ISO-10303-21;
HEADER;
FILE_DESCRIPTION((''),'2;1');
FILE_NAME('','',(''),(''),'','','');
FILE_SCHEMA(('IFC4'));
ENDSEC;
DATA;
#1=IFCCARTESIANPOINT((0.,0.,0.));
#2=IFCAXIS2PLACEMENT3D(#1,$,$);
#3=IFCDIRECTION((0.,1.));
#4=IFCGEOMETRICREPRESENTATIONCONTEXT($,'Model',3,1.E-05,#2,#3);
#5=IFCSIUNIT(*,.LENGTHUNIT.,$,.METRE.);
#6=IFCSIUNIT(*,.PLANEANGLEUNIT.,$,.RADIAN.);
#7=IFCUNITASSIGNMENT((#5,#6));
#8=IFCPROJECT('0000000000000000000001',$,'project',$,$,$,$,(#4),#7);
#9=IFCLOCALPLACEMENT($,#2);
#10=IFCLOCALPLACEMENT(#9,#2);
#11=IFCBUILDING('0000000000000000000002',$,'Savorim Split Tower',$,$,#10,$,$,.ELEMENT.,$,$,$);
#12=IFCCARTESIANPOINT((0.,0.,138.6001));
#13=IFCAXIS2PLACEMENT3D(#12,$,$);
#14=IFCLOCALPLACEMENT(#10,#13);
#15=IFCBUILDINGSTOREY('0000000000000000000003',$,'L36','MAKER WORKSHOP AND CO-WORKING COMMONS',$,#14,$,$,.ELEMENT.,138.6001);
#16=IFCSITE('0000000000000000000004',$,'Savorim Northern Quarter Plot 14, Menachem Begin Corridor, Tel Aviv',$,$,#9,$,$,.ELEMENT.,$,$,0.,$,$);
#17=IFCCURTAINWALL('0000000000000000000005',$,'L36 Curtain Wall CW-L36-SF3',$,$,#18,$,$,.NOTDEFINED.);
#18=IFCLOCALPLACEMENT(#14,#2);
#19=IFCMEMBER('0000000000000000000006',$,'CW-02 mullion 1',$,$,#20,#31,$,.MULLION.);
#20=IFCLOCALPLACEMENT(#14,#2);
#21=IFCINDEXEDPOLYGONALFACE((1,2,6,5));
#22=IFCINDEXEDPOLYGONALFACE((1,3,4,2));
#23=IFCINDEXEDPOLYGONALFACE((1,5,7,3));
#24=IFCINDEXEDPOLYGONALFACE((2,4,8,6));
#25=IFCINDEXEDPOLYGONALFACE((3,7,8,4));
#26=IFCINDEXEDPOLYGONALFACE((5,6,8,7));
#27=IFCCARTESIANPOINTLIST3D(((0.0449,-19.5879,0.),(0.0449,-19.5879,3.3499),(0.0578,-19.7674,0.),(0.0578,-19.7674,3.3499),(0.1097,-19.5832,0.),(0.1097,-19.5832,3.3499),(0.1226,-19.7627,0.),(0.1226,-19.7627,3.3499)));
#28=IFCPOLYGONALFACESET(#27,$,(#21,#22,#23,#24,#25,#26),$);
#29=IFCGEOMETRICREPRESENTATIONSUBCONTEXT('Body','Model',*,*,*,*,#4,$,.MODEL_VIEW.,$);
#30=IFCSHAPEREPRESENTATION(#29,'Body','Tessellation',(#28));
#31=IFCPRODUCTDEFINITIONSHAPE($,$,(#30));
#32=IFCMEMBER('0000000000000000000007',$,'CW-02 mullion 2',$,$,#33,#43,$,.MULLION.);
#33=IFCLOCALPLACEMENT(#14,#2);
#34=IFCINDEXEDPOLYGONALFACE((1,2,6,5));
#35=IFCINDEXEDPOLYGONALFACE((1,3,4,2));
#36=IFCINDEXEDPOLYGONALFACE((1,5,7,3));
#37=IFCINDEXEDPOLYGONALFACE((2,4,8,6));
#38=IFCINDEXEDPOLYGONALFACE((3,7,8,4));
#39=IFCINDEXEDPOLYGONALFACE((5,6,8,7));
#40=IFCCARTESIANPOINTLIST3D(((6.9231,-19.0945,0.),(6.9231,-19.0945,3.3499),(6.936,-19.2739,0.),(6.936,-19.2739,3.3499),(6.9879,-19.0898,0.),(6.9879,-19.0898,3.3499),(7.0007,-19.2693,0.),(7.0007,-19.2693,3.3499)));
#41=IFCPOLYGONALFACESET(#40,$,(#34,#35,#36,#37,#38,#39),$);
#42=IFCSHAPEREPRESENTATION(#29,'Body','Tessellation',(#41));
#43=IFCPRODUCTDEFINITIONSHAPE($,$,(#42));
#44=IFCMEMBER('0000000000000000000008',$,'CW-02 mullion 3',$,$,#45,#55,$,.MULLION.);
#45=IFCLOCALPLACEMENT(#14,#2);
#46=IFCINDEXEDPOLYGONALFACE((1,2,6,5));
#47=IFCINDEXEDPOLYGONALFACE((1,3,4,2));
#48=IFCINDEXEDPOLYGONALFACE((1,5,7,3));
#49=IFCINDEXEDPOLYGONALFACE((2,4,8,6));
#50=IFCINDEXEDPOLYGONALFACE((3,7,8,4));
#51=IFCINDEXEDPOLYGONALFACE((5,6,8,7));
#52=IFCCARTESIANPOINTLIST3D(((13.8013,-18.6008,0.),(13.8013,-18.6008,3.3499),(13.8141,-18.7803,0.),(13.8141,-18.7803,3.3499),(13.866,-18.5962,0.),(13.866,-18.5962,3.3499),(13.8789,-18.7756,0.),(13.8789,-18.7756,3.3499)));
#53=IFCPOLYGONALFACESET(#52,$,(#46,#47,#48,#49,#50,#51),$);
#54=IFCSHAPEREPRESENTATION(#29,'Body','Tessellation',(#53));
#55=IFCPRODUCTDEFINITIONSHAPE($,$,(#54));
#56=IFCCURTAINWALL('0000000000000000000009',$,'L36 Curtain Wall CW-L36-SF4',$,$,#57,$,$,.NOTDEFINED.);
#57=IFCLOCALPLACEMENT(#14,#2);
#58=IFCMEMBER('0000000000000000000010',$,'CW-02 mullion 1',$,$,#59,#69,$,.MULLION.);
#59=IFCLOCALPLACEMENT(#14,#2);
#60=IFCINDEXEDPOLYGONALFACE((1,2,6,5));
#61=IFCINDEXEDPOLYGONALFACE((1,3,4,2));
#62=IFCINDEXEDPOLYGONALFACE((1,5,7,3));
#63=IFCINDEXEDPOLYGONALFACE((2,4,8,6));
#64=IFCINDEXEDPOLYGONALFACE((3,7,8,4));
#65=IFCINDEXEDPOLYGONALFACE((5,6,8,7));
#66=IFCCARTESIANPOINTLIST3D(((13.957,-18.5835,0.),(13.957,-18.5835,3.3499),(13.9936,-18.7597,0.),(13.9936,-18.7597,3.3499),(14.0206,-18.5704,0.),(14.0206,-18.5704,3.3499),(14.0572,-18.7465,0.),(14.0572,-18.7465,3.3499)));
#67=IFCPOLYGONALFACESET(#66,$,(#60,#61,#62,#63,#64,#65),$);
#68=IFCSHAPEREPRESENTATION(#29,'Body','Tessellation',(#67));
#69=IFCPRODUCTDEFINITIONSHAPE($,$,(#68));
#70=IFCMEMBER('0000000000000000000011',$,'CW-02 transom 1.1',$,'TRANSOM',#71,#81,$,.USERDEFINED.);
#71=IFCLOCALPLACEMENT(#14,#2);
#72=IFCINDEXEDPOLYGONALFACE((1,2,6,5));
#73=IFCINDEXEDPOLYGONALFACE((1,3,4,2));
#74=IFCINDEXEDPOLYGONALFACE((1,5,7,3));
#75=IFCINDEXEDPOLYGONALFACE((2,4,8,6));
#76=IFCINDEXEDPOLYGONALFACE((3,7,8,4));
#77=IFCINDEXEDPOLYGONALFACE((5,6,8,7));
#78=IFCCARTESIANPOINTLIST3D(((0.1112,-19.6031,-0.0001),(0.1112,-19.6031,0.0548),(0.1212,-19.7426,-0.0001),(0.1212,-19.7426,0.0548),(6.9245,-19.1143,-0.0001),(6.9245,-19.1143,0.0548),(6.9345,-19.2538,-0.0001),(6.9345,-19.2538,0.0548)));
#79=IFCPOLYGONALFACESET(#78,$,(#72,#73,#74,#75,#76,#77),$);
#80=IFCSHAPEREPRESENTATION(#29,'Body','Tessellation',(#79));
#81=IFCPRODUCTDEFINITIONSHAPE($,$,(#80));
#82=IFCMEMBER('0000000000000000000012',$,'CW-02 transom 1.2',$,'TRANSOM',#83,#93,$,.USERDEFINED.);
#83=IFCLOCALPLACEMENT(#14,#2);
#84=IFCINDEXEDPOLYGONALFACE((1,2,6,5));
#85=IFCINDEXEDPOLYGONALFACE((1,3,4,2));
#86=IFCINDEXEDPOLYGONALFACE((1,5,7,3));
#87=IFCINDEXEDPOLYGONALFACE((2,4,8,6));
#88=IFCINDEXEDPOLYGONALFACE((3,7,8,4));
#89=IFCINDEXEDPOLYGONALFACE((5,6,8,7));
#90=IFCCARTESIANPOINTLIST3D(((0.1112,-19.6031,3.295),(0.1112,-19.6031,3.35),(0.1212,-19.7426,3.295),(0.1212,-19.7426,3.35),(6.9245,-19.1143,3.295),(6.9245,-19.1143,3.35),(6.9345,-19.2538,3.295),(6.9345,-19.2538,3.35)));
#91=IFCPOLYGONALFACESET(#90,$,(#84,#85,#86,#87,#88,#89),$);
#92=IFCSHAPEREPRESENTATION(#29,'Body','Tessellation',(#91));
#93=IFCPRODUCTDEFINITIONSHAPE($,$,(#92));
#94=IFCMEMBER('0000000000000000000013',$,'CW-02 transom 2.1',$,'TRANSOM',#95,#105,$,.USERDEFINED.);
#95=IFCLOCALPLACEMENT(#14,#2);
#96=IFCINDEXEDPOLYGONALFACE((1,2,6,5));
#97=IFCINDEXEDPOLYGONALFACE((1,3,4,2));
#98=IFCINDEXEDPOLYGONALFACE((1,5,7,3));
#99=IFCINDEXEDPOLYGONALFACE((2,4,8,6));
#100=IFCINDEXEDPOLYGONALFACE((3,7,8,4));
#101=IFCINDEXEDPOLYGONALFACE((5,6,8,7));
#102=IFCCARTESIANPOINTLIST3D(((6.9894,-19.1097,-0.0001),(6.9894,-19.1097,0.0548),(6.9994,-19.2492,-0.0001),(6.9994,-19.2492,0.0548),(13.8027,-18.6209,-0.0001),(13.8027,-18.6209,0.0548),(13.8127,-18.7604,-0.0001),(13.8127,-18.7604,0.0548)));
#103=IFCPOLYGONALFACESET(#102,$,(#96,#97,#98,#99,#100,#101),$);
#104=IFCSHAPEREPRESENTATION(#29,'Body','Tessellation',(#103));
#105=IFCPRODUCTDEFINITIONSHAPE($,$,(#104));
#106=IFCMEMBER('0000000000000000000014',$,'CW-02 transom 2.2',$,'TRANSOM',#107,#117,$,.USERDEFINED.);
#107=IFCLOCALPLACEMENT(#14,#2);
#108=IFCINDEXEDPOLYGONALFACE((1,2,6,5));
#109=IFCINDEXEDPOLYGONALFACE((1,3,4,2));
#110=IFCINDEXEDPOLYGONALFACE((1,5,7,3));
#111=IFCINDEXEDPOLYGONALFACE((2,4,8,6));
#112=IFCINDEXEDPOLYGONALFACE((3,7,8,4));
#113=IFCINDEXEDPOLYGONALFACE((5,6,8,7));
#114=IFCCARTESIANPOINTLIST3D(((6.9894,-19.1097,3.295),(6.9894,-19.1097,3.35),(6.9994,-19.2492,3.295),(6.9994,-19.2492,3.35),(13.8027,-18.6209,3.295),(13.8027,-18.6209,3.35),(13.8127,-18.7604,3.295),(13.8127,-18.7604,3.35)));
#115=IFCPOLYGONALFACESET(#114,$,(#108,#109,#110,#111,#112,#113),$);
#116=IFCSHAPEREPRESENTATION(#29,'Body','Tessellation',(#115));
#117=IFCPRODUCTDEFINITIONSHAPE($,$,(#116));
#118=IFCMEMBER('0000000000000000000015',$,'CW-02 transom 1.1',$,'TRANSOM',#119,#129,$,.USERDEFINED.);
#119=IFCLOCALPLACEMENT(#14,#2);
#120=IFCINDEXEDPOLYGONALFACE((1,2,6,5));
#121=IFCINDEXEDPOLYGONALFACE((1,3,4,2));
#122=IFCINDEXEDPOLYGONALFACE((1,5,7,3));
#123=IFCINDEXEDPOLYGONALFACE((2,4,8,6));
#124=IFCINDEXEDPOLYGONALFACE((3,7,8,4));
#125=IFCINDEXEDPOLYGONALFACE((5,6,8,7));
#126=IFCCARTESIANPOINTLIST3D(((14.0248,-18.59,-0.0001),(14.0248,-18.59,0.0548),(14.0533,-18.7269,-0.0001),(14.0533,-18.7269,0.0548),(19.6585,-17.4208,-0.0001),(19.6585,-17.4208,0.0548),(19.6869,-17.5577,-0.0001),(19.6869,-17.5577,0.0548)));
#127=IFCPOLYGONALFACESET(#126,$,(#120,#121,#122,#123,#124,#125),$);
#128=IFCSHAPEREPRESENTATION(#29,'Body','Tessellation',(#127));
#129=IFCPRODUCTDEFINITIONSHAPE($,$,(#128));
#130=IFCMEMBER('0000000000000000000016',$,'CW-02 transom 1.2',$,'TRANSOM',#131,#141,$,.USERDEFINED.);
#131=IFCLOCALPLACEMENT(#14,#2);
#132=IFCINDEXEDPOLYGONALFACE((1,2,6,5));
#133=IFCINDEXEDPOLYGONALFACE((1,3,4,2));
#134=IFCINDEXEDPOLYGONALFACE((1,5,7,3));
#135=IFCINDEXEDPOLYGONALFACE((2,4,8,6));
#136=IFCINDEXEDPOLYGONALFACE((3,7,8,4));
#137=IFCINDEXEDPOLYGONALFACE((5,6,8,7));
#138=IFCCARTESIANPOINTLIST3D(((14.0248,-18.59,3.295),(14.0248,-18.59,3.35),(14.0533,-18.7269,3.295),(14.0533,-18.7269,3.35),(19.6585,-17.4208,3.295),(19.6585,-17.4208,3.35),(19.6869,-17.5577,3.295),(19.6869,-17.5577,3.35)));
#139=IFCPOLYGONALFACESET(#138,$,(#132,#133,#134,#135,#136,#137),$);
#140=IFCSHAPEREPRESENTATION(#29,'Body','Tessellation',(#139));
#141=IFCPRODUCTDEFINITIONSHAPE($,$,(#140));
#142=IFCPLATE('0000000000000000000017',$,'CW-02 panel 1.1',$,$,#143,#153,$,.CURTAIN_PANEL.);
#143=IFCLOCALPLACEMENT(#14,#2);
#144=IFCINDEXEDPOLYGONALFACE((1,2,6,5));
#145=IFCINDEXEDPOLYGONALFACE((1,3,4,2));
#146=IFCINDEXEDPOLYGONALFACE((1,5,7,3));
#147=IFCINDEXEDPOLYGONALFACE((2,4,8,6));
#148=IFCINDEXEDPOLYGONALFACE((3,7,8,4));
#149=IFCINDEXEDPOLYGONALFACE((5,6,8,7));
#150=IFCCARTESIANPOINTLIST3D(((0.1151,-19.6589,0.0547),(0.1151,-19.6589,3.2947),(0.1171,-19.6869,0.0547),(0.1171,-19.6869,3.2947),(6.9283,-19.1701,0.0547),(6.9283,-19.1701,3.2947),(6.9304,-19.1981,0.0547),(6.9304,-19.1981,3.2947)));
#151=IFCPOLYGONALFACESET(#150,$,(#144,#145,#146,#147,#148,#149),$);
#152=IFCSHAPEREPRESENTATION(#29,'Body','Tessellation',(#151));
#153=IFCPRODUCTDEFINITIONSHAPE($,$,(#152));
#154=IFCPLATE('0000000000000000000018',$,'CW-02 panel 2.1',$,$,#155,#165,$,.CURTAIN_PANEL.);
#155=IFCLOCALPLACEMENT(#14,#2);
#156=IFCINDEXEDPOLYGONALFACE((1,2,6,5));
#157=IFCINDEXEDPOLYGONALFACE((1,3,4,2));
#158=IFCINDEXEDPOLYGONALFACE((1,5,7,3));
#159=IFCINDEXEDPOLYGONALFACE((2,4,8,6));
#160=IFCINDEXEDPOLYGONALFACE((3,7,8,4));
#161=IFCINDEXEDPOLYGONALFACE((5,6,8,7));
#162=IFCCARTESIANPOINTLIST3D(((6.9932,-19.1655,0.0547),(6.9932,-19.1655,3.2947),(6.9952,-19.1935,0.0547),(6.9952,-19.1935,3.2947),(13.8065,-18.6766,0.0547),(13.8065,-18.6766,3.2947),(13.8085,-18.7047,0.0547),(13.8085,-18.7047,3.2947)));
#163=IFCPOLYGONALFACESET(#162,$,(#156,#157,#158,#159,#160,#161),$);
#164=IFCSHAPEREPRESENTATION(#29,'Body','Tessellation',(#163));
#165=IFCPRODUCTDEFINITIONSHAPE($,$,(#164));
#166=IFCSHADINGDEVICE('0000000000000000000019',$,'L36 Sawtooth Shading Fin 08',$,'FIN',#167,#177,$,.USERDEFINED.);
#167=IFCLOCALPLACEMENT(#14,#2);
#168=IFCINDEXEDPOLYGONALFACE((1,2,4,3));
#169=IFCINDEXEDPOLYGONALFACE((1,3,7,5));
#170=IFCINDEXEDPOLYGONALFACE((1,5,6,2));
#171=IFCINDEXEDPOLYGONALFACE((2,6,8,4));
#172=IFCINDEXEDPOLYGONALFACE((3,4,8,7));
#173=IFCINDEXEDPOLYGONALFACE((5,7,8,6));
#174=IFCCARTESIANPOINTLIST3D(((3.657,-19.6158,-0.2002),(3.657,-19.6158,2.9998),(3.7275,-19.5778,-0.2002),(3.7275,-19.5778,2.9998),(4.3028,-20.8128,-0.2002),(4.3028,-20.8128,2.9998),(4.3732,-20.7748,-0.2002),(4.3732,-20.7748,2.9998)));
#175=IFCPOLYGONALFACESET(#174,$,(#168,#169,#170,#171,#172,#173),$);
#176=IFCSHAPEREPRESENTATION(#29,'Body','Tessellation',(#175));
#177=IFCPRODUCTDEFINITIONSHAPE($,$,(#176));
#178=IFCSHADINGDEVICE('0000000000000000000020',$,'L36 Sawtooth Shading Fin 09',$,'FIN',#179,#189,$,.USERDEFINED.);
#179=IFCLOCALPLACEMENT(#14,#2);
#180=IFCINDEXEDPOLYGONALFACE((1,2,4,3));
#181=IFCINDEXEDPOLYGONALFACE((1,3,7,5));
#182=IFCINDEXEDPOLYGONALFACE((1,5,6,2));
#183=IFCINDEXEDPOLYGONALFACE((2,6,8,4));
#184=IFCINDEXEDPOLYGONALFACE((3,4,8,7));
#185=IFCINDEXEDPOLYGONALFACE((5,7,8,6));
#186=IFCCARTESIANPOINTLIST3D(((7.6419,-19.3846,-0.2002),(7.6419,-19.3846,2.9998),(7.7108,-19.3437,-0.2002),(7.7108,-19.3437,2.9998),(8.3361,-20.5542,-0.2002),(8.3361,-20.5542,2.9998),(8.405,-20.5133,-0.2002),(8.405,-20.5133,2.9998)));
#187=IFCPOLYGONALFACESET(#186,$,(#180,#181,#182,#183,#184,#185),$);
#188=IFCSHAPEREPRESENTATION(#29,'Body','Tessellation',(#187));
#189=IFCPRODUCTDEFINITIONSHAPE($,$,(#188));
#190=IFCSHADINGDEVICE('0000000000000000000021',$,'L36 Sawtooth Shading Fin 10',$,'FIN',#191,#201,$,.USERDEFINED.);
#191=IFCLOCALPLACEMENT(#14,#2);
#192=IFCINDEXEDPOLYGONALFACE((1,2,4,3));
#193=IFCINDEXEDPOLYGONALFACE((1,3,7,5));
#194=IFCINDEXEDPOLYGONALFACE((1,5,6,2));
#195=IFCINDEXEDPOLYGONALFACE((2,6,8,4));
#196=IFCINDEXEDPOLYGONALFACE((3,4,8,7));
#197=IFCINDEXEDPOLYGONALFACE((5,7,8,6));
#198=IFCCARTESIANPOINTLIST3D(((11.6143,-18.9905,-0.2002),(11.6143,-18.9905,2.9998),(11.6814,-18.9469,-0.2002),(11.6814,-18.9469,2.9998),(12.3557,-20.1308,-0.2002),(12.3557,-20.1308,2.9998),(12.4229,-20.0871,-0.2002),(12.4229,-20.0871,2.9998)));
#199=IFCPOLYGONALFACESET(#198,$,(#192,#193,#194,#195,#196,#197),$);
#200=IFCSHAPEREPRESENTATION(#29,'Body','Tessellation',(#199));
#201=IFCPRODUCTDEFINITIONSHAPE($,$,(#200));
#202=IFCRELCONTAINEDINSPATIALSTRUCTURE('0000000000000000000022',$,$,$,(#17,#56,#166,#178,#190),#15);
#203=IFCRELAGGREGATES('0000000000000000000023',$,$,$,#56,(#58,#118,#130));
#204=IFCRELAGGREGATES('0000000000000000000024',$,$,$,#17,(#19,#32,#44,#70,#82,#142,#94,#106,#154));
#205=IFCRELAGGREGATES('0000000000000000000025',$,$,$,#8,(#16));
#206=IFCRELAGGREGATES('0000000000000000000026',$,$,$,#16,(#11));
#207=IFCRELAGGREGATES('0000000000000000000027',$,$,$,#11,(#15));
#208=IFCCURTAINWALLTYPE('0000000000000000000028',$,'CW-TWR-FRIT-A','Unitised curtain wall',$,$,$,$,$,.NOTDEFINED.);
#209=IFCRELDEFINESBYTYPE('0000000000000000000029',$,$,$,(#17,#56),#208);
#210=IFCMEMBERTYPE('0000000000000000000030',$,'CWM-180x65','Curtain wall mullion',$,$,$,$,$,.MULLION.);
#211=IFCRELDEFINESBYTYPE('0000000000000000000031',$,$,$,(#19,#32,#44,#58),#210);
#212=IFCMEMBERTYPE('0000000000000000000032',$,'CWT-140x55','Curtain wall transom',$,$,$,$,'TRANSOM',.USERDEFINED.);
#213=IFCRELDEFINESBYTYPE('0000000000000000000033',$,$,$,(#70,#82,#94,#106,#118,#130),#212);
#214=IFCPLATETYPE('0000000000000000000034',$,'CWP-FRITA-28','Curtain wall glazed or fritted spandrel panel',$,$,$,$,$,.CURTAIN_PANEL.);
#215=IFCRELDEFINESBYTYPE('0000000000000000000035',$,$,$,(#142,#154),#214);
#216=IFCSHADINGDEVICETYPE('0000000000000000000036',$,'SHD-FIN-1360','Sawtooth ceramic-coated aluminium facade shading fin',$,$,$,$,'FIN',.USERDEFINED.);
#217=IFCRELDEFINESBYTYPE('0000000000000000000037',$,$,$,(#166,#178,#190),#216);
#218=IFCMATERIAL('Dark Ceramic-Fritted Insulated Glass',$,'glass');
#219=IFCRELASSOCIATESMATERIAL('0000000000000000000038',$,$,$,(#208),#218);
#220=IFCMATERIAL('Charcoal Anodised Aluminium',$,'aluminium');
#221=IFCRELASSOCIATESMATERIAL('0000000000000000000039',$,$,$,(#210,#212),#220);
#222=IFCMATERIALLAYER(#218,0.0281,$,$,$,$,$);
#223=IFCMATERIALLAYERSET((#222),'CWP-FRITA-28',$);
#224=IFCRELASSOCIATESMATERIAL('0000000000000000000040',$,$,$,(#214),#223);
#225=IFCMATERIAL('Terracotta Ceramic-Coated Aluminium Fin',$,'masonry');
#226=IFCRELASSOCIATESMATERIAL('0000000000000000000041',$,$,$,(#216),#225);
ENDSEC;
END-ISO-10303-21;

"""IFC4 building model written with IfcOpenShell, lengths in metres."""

from ifc_helpers import new_model, si_unit, direction, frame, origin, origin_2d, place, context, subcontext, project, spatial, rectangle, extrude, material, layer, layer_set, material_profile, profile_set, type_object, element, aggregate, save


model = new_model("IFC4")

# Units and contexts
model_context = context("Model", 3, precision=1e-05, world=origin(), true_north=direction((0.0, 1.0)))
body_context = subcontext(model_context, "Body", "Model", "MODEL_VIEW")
ifc_project = project(units=[si_unit("LENGTHUNIT", "METRE"), si_unit("PLANEANGLEUNIT", "RADIAN")], contexts=[model_context])

# Site, building, storey
site_placement = place(None, origin())
site = spatial("IfcSite", under=ifc_project, at=site_placement, Name="Savorim Northern Quarter Plot 14, Menachem Begin Corridor, Tel Aviv", CompositionType="ELEMENT", RefElevation=0.0)
building_placement = place(site_placement, origin())
building = spatial("IfcBuilding", under=site, at=building_placement, Name="Savorim Split Tower", CompositionType="ELEMENT")
storey_placement = place(building_placement, frame((0.0, 0.0, 138.6001)))
storey = spatial("IfcBuildingStorey", under=building, at=storey_placement, Name="L36", Description="MAKER WORKSHOP AND CO-WORKING COMMONS", CompositionType="ELEMENT", Elevation=138.6001)

# Curtain wall, members
ifc_material_1 = material(Name="Dark Ceramic-Fritted Insulated Glass", Category="glass")
curtain_wall_type = type_object("IfcCurtainWallType", Name="CW-TWR-FRIT-A", Description="Unitised curtain wall", PredefinedType="NOTDEFINED", material=ifc_material_1)
curtain_wall_1_placement = place(storey_placement, origin())
curtain_wall_1 = element("IfcCurtainWall", 1, at=curtain_wall_1_placement, inside=storey, type_object=curtain_wall_type, Name="L36 Curtain Wall CW-L36-SF3", PredefinedType="NOTDEFINED")
ifc_material_2 = material(Name="Charcoal Anodised Aluminium", Category="aluminium")
ifc_material_profile_1 = material_profile(ifc_material_2, rectangle(XDim=0.1799, YDim=0.0649, at=origin_2d()), Name="ALU-M 180x65")
ifc_profile_set_1 = profile_set([ifc_material_profile_1], Name="Charcoal Anodised Aluminium")
member_type_1 = type_object("IfcMemberType", Name="CWM-180x65", Description="Curtain wall mullion", PredefinedType="MULLION", material=ifc_profile_set_1)
member_1_placement = place(storey_placement, frame((0.0837, -19.6753, 0.0), z_axis=(0.0, 0.0, 1.0), x_axis=(-0.071561, 0.997436, 0.0)))
member_1 = element("IfcMember", 2, at=member_1_placement, type_object=member_type_1, Name="CW-02 mullion 1", PredefinedType="MULLION", context=body_context, shape_type="SweptSolid", body=[
    extrude(rectangle(XDim=0.1799, YDim=0.0649, at=origin_2d()), origin(), (0.0, 0.0, 1.0), 3.3499),
])
member_2_placement = place(storey_placement, frame((6.9619, -19.1819, 0.0), z_axis=(0.0, 0.0, 1.0), x_axis=(-0.071561, 0.997436, 0.0)))
member_2 = element("IfcMember", 3, at=member_2_placement, type_object=member_type_1, Name="CW-02 mullion 2", PredefinedType="MULLION", context=body_context, shape_type="SweptSolid", body=[
    extrude(rectangle(XDim=0.1799, YDim=0.0649, at=origin_2d()), origin(), (0.0, 0.0, 1.0), 3.3499),
])
member_3_placement = place(storey_placement, frame((13.8401, -18.6882, 0.0), z_axis=(0.0, 0.0, 1.0), x_axis=(-0.071561, 0.997436, 0.0)))
member_3 = element("IfcMember", 4, at=member_3_placement, type_object=member_type_1, Name="CW-02 mullion 3", PredefinedType="MULLION", context=body_context, shape_type="SweptSolid", body=[
    extrude(rectangle(XDim=0.1799, YDim=0.0649, at=origin_2d()), origin(), (0.0, 0.0, 1.0), 3.3499),
])

# Curtain wall, member
curtain_wall_2_placement = place(storey_placement, origin())
curtain_wall_2 = element("IfcCurtainWall", 5, at=curtain_wall_2_placement, inside=storey, type_object=curtain_wall_type, Name="L36 Curtain Wall CW-L36-SF4", PredefinedType="NOTDEFINED")
member_4_placement = place(storey_placement, frame((14.0071, -18.665, 0.0), z_axis=(0.0, 0.0, 1.0), x_axis=(-0.20321, 0.979135, 0.0)))
member_4 = element("IfcMember", 6, at=member_4_placement, type_object=member_type_1, Name="CW-02 mullion 1", PredefinedType="MULLION", context=body_context, shape_type="SweptSolid", body=[
    extrude(rectangle(XDim=0.1799, YDim=0.0649, at=origin_2d()), origin(), (0.0, 0.0, 1.0), 3.3499),
])

# Members
ifc_material_profile_2 = material_profile(ifc_material_2, rectangle(XDim=0.1399, YDim=0.0549, at=origin_2d()), Name="ALU-T 140x55")
ifc_profile_set_2 = profile_set([ifc_material_profile_2], Name="Charcoal Anodised Aluminium")
member_type_2 = type_object("IfcMemberType", Name="CWT-140x55", Description="Curtain wall transom", ElementType="TRANSOM", PredefinedType="USERDEFINED", material=ifc_profile_set_2)
member_5_placement = place(storey_placement, frame((0.1162, -19.6729, 0.0273), z_axis=(0.997437, 0.071554, 0.0), x_axis=(-0.071554, 0.997437, 0.0)))
member_5 = element("IfcMember", 7, at=member_5_placement, type_object=member_type_2, Name="CW-02 transom 1.1", ObjectType="TRANSOM", PredefinedType="USERDEFINED", context=body_context, shape_type="SweptSolid", body=[
    extrude(rectangle(XDim=0.1399, YDim=0.0549, at=origin_2d()), origin(), (0.0, 0.0, 1.0), 6.8308),
])
member_6_placement = place(storey_placement, frame((0.1162, -19.6729, 3.3225), z_axis=(0.997437, 0.071554, 0.0), x_axis=(-0.071554, 0.997437, 0.0)))
member_6 = element("IfcMember", 8, at=member_6_placement, type_object=member_type_2, Name="CW-02 transom 1.2", ObjectType="TRANSOM", PredefinedType="USERDEFINED", context=body_context, shape_type="SweptSolid", body=[
    extrude(rectangle(XDim=0.1399, YDim=0.0549, at=origin_2d()), origin(), (0.0, 0.0, 1.0), 6.8308),
])
member_7_placement = place(storey_placement, frame((6.9944, -19.1794, 0.0273), z_axis=(0.997437, 0.071554, 0.0), x_axis=(-0.071554, 0.997437, 0.0)))
member_7 = element("IfcMember", 9, at=member_7_placement, type_object=member_type_2, Name="CW-02 transom 2.1", ObjectType="TRANSOM", PredefinedType="USERDEFINED", context=body_context, shape_type="SweptSolid", body=[
    extrude(rectangle(XDim=0.1399, YDim=0.0549, at=origin_2d()), origin(), (0.0, 0.0, 1.0), 6.8308),
])
member_8_placement = place(storey_placement, frame((6.9944, -19.1794, 3.3225), z_axis=(0.997437, 0.071554, 0.0), x_axis=(-0.071554, 0.997437, 0.0)))
member_8 = element("IfcMember", 10, at=member_8_placement, type_object=member_type_2, Name="CW-02 transom 2.2", ObjectType="TRANSOM", PredefinedType="USERDEFINED", context=body_context, shape_type="SweptSolid", body=[
    extrude(rectangle(XDim=0.1399, YDim=0.0549, at=origin_2d()), origin(), (0.0, 0.0, 1.0), 6.8308),
])
member_9_placement = place(storey_placement, frame((14.0391, -18.6584, 0.0273), z_axis=(0.979135, 0.20321, 0.0), x_axis=(-0.20321, 0.979135, 0.0)))
member_9 = element("IfcMember", 11, at=member_9_placement, type_object=member_type_2, Name="CW-02 transom 1.1", ObjectType="TRANSOM", PredefinedType="USERDEFINED", context=body_context, shape_type="SweptSolid", body=[
    extrude(rectangle(XDim=0.1399, YDim=0.0549, at=origin_2d()), origin(), (0.0, 0.0, 1.0), 5.7537),
])
member_10_placement = place(storey_placement, frame((14.0391, -18.6584, 3.3225), z_axis=(0.979135, 0.20321, 0.0), x_axis=(-0.20321, 0.979135, 0.0)))
member_10 = element("IfcMember", 12, at=member_10_placement, type_object=member_type_2, Name="CW-02 transom 1.2", ObjectType="TRANSOM", PredefinedType="USERDEFINED", context=body_context, shape_type="SweptSolid", body=[
    extrude(rectangle(XDim=0.1399, YDim=0.0549, at=origin_2d()), origin(), (0.0, 0.0, 1.0), 5.7537),
])
aggregate(curtain_wall_2, [member_4, member_9, member_10])

# Plates
ifc_layer = layer(ifc_material_1, 0.0281)
ifc_layer_set = layer_set([ifc_layer], Name="CWP-FRITA-28")
plate_type = type_object("IfcPlateType", Name="CWP-FRITA-28", Description="Curtain wall glazed or fritted spandrel panel", PredefinedType="CURTAIN_PANEL", material=ifc_layer_set)
plate_1_placement = place(storey_placement, frame((3.5227, -19.4285, 0.0547), z_axis=(0.0, 0.0, 1.0), x_axis=(0.997436, 0.071561, 0.0)))
plate_1 = element("IfcPlate", 13, at=plate_1_placement, type_object=plate_type, Name="CW-02 panel 1.1", PredefinedType="CURTAIN_PANEL", context=body_context, shape_type="SweptSolid", body=[
    extrude(rectangle(XDim=6.8308, YDim=0.0281, at=origin_2d()), origin(), (0.0, 0.0, 1.0), 3.24),
])
plate_2_placement = place(storey_placement, frame((10.4009, -18.9351, 0.0547), z_axis=(0.0, 0.0, 1.0), x_axis=(0.997436, 0.071561, 0.0)))
plate_2 = element("IfcPlate", 14, at=plate_2_placement, type_object=plate_type, Name="CW-02 panel 2.1", PredefinedType="CURTAIN_PANEL", context=body_context, shape_type="SweptSolid", body=[
    extrude(rectangle(XDim=6.8308, YDim=0.0281, at=origin_2d()), origin(), (0.0, 0.0, 1.0), 3.24),
])
aggregate(curtain_wall_1, [member_1, member_2, member_3, member_5, member_6, plate_1, member_7, member_8, plate_2])

# Shading devices
ifc_material_3 = material(Name="Terracotta Ceramic-Coated Aluminium Fin", Category="masonry")
shading_device_type = type_object("IfcShadingDeviceType", Name="SHD-FIN-1360", Description="Sawtooth ceramic-coated aluminium facade shading fin", ElementType="FIN", PredefinedType="USERDEFINED", material=ifc_material_3)
for number, where, z_axis, x_axis, name in (
    (15, (4.0151, -20.1953, -0.2002), (0.0, 0.0, 1.0), (0.474778, -0.880106, 0.0), "L36 Sawtooth Shading Fin 08"),
    (16, (8.0234, -19.949, -0.2002), (0.0, 0.0, 1.0), (0.510391, -0.859942, 0.0), "L36 Sawtooth Shading Fin 09"),
    (17, (12.0186, -19.5388, -0.2002), (0.0, 0.0, 1.0), (0.545148, -0.83834, 0.0), "L36 Sawtooth Shading Fin 10"),
):
    element("IfcShadingDevice", number, at=place(storey_placement, frame(where, z_axis=z_axis, x_axis=x_axis)), inside=storey, type_object=shading_device_type, Name=name, ObjectType="FIN", PredefinedType="USERDEFINED", context=body_context, shape_type="SweptSolid", body=[
        extrude(rectangle(XDim=1.3601, YDim=0.0801, at=origin_2d()), origin(), (0.0, 0.0, 1.0), 3.2),
    ])

save(model, "model.ifc")
